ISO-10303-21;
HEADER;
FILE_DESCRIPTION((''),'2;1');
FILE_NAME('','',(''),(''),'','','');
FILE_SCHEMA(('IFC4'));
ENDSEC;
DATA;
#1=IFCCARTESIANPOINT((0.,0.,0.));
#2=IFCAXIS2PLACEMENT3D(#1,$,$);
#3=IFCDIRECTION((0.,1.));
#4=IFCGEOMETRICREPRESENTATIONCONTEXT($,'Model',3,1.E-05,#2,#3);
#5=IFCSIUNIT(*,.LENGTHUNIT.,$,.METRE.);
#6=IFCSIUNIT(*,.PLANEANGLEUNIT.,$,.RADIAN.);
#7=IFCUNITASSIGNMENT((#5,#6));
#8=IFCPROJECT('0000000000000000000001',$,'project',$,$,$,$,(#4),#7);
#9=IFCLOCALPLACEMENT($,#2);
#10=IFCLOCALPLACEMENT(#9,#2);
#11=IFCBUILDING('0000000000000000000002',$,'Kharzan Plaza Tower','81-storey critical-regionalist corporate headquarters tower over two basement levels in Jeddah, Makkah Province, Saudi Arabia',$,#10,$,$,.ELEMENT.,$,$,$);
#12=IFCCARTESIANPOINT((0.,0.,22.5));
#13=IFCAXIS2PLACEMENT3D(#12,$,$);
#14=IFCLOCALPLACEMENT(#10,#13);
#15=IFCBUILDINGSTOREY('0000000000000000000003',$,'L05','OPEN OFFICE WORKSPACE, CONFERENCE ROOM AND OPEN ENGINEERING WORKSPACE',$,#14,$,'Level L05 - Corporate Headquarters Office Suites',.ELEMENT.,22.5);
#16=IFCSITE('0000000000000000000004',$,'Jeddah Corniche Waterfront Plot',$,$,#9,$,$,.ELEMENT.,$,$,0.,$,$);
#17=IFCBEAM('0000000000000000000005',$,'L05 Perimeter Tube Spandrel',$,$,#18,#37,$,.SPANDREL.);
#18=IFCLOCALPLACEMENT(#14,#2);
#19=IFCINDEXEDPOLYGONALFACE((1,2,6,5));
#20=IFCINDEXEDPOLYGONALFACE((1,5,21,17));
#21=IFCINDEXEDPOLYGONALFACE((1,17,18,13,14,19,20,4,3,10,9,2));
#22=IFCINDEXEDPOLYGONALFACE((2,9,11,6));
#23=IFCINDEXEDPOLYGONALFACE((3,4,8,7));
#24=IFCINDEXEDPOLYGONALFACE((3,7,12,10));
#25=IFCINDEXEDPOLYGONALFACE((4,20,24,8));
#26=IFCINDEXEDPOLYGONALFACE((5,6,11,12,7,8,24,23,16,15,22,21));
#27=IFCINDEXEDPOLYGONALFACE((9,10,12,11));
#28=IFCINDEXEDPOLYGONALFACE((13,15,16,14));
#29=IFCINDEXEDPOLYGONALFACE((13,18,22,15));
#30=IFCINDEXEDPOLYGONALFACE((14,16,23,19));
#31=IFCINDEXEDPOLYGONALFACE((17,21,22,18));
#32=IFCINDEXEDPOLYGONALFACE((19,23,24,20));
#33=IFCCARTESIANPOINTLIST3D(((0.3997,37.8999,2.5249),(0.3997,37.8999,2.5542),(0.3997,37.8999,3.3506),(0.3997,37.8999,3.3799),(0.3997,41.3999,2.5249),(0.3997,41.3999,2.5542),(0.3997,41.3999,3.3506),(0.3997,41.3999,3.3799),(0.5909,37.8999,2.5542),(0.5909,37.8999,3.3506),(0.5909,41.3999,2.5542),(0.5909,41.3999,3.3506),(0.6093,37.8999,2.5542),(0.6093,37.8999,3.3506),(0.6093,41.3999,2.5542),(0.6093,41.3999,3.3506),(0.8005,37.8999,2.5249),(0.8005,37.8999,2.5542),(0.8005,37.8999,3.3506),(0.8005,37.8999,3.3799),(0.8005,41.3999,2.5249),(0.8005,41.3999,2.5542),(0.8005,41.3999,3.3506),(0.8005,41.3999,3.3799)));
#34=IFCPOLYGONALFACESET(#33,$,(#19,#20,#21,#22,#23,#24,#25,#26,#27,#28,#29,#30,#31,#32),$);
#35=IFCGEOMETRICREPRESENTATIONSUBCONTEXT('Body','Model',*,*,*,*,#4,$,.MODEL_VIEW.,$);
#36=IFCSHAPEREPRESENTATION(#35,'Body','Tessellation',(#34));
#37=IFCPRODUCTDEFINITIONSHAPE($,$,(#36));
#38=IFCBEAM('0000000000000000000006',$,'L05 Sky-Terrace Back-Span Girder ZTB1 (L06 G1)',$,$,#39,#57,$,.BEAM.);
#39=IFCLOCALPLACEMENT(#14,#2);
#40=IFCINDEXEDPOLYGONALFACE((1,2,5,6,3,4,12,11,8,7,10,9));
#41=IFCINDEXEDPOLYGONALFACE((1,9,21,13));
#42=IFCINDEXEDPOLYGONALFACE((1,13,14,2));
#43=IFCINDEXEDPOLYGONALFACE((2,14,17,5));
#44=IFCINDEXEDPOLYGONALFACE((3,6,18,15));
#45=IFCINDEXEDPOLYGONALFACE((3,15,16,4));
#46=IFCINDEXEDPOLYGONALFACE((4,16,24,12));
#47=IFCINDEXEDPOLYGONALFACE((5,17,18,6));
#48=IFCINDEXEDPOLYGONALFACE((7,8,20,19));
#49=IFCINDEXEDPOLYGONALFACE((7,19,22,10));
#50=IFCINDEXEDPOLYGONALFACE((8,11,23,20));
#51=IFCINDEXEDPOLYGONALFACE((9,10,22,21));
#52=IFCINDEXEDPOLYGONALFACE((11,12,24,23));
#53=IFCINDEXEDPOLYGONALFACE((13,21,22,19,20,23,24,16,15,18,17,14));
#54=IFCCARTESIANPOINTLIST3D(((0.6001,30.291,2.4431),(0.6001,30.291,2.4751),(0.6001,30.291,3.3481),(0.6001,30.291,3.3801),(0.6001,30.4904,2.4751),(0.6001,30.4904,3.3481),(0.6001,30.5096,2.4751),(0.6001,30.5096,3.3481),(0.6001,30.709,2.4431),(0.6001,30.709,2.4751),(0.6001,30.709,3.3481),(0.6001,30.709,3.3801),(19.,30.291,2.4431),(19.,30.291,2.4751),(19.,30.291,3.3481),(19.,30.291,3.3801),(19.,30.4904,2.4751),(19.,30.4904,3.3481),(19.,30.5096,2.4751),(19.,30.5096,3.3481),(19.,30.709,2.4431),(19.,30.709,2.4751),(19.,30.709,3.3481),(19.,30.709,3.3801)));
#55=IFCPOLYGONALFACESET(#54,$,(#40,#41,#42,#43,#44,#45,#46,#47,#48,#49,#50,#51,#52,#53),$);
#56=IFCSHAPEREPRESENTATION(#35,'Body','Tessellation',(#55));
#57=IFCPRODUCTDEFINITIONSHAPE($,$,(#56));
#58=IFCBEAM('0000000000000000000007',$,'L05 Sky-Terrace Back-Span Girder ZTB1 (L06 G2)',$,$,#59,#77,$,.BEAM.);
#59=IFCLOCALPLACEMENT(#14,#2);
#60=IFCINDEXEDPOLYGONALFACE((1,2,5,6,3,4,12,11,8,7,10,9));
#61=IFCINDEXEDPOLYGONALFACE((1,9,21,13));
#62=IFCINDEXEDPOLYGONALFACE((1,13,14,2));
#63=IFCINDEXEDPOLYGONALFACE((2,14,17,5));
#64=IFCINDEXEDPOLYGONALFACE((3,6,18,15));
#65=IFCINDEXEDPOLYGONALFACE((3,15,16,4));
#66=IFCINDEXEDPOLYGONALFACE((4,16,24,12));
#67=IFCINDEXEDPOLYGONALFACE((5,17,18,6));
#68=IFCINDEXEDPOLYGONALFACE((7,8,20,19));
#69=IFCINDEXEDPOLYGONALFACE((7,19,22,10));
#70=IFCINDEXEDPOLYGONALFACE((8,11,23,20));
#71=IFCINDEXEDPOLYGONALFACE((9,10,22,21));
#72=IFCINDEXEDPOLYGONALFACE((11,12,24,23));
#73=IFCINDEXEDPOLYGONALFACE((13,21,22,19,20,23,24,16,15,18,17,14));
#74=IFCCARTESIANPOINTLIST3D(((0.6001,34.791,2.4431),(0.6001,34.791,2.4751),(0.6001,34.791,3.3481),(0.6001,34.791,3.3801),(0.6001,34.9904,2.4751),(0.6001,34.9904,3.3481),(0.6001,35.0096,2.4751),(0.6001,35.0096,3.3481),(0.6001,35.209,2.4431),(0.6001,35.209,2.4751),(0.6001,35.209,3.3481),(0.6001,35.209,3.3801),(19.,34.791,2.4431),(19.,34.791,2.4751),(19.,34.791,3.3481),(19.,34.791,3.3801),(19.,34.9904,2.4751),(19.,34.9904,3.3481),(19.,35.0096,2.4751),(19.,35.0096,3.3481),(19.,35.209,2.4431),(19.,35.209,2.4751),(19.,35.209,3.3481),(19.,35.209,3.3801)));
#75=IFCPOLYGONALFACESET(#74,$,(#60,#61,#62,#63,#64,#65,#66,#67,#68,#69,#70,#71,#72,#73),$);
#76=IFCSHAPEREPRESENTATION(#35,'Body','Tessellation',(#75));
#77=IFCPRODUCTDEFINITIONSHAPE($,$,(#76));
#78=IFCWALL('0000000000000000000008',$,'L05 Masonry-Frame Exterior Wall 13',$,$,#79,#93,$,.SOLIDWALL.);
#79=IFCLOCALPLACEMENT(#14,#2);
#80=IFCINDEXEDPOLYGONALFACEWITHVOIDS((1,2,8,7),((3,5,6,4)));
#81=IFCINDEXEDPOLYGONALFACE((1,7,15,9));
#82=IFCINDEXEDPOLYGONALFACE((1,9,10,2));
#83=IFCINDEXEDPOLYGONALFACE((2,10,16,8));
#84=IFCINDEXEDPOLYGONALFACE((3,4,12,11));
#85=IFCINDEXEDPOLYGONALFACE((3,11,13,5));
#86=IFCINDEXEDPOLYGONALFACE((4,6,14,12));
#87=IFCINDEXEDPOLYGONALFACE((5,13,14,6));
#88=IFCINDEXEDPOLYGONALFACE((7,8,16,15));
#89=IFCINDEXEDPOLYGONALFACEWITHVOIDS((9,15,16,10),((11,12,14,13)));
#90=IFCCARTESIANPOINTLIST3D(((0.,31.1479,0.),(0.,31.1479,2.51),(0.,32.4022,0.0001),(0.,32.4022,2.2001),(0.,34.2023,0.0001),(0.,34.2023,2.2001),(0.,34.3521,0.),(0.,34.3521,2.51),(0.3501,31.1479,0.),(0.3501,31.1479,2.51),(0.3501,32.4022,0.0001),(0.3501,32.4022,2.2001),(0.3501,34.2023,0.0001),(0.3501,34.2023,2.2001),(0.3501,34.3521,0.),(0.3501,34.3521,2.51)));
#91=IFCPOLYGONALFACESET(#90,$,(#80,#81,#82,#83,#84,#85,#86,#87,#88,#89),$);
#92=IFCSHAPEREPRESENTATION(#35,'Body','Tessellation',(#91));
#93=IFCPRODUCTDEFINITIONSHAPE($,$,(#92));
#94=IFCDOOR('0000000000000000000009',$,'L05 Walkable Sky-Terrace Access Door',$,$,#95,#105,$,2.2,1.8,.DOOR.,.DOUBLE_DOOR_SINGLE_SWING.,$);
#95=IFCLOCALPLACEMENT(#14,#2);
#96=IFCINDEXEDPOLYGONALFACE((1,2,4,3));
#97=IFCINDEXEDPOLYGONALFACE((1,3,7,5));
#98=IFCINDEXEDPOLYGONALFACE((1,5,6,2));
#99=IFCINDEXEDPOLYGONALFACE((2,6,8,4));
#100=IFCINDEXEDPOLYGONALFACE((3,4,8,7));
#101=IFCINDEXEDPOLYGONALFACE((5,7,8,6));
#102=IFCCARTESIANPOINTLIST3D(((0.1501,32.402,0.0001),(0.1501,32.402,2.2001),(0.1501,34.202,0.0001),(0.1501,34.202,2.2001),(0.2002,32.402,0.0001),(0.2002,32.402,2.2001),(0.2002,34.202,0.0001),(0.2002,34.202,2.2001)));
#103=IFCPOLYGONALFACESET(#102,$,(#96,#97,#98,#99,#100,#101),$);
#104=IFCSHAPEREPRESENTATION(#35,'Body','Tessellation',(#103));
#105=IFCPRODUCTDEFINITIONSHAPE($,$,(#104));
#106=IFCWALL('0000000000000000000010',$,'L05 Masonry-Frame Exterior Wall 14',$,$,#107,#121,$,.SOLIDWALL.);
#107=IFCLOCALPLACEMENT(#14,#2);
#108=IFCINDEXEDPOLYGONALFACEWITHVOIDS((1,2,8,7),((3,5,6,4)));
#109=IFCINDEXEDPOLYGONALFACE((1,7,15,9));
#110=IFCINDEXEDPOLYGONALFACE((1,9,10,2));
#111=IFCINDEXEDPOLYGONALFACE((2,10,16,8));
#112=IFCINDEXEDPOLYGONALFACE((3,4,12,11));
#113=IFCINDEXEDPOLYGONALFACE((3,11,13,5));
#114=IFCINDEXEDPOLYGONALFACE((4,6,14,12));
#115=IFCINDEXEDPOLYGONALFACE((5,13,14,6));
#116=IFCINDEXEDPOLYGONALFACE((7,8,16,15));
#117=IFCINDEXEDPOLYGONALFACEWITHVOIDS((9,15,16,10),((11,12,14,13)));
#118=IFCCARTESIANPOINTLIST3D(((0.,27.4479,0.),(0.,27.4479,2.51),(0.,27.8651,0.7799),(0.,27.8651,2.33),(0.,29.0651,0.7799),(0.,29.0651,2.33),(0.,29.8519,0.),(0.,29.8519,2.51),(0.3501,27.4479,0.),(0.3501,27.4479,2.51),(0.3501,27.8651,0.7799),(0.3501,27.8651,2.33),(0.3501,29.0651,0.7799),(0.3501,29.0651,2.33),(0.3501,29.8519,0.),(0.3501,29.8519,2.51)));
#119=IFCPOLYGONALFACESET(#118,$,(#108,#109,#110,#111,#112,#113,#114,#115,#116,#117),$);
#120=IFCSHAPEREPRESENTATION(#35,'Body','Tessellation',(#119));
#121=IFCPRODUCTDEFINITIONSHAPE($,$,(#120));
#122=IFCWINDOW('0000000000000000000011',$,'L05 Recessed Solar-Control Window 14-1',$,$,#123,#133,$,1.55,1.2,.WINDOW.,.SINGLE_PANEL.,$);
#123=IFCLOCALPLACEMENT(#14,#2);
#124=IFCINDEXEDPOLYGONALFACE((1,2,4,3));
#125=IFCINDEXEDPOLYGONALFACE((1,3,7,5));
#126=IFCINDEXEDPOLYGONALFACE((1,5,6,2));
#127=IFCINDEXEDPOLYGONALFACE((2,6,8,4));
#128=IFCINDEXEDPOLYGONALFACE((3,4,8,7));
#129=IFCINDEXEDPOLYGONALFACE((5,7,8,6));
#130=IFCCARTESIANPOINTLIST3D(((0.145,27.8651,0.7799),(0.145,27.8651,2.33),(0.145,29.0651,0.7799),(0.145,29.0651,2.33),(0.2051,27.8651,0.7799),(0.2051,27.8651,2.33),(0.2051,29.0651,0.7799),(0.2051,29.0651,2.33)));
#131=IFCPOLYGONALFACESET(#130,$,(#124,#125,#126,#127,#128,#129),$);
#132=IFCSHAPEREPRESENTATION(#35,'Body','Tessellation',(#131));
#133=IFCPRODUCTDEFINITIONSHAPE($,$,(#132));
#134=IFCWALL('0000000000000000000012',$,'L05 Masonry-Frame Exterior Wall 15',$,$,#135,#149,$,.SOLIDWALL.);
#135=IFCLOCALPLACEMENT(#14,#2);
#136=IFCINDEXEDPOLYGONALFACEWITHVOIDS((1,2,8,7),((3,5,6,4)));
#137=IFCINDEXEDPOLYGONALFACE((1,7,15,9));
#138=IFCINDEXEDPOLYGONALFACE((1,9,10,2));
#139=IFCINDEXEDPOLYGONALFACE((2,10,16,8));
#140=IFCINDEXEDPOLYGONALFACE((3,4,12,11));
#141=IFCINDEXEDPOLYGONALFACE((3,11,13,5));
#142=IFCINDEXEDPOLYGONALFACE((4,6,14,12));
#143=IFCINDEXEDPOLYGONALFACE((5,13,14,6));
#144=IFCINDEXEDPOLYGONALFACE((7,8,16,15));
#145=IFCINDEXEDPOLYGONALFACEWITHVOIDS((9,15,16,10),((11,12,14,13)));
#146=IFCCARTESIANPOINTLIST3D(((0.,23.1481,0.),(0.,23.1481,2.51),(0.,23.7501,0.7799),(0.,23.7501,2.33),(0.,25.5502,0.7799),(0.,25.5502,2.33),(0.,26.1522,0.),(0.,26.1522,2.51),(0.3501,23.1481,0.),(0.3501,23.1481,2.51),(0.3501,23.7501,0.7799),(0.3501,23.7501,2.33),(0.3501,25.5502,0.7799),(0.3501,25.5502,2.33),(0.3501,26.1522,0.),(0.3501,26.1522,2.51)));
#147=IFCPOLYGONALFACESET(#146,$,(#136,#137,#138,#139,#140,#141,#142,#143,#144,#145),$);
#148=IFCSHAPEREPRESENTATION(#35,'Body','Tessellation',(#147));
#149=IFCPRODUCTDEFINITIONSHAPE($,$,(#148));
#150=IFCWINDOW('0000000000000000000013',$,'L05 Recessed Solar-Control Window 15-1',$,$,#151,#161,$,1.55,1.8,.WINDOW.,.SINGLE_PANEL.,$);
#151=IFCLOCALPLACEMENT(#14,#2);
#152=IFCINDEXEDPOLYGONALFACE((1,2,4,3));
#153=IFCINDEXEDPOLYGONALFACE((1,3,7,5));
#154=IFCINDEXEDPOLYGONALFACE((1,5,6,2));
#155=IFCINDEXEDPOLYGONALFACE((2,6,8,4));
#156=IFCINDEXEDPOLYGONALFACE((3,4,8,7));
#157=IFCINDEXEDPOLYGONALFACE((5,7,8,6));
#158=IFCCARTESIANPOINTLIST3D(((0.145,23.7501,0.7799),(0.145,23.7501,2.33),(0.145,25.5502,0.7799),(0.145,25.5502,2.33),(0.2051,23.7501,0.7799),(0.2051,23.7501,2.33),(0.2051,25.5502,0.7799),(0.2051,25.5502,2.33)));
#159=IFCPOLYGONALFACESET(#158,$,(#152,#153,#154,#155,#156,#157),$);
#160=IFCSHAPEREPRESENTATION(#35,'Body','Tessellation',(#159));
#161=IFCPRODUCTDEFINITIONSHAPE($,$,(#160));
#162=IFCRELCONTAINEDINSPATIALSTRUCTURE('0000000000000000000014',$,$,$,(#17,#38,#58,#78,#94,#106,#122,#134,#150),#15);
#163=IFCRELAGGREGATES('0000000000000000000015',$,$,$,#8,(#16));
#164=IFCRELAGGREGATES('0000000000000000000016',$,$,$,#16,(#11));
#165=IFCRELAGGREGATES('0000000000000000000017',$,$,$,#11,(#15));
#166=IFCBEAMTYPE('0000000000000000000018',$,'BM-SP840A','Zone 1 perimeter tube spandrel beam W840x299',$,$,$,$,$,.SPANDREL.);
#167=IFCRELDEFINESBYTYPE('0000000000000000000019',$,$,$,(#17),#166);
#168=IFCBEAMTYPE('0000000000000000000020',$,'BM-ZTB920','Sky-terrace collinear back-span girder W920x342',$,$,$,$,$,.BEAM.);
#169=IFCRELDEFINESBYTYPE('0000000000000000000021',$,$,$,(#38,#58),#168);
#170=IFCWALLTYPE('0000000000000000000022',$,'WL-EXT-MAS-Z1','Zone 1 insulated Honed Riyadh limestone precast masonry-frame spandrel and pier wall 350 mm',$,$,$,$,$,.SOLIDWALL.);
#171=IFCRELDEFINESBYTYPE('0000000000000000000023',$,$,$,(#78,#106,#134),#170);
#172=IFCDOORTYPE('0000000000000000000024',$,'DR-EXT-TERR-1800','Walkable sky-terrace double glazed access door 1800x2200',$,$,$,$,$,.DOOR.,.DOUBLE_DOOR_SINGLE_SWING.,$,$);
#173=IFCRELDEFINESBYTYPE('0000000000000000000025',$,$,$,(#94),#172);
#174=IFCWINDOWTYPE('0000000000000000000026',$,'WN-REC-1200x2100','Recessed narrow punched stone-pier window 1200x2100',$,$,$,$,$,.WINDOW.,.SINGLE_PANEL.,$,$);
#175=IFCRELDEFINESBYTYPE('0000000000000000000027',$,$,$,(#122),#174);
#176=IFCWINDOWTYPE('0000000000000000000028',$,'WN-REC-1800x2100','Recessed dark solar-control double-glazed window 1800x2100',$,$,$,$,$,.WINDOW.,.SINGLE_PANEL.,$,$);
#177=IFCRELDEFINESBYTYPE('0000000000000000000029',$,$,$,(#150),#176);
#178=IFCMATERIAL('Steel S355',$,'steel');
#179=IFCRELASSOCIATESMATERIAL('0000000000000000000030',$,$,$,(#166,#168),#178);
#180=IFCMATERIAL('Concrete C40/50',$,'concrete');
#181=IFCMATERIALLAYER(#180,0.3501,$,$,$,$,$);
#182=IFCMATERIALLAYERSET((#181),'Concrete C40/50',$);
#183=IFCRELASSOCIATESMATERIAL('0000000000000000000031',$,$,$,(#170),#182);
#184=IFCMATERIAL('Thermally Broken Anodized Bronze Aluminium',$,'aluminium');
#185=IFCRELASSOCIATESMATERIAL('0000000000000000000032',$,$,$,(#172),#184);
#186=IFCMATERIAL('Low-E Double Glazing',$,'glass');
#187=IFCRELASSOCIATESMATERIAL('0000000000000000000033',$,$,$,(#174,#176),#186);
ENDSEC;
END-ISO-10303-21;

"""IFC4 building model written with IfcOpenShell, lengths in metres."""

from ifc_helpers import new_model, si_unit, direction, frame, frame_2d, origin, origin_2d, place, context, subcontext, project, spatial, rectangle, i_section, extrude, source, transform, mapped, material, layer, layer_set, material_profile, profile_set, type_object, element, fill, save


model = new_model("IFC4")

# Units and contexts
model_context = context("Model", 3, precision=1e-05, world=origin(), true_north=direction((0.0, 1.0)))
body_context = subcontext(model_context, "Body", "Model", "MODEL_VIEW")
ifc_project = project(units=[si_unit("LENGTHUNIT", "METRE"), si_unit("PLANEANGLEUNIT", "RADIAN")], contexts=[model_context])

# Site, building, storey
site_placement = place(None, origin())
site = spatial("IfcSite", under=ifc_project, at=site_placement, Name="Jeddah Corniche Waterfront Plot", CompositionType="ELEMENT", RefElevation=0.0)
building_placement = place(site_placement, origin())
building = spatial("IfcBuilding", under=site, at=building_placement, Name="Kharzan Plaza Tower", Description="81-storey critical-regionalist corporate headquarters tower over two basement levels in Jeddah, Makkah Province, Saudi Arabia", CompositionType="ELEMENT")
storey_placement = place(building_placement, frame((0.0, 0.0, 22.5)))
storey = spatial("IfcBuildingStorey", under=building, at=storey_placement, Name="L05", Description="OPEN OFFICE WORKSPACE, CONFERENCE ROOM AND OPEN ENGINEERING WORKSPACE", LongName="Level L05 - Corporate Headquarters Office Suites", CompositionType="ELEMENT", Elevation=22.5)

# Beams
ifc_material_1 = material(Name="Steel S355", Category="steel")
ifc_material_profile_1 = material_profile(ifc_material_1, i_section(OverallWidth=0.4009, OverallDepth=0.855, WebThickness=0.0183, FlangeThickness=0.0293, at=origin_2d()), Name="W840x299")
ifc_profile_set_1 = profile_set([ifc_material_profile_1], Name="Steel S355")
beam_type_1 = type_object("IfcBeamType", Name="BM-SP840A", Description="Zone 1 perimeter tube spandrel beam W840x299", PredefinedType="SPANDREL", material=ifc_profile_set_1)
shared_shape_1 = source(origin(), body_context, "Body", "SweptSolid", [
    extrude(i_section(OverallWidth=0.4009, OverallDepth=0.855, WebThickness=0.0183, FlangeThickness=0.0293, at=origin_2d()), origin(), (0.0, 0.0, 1.0), 3.5),
])
beam_1_placement = place(storey_placement, frame((0.6001, 37.8999, 2.9524), z_axis=(0.0, 1.0, 0.0), x_axis=(-1.0, 0.0, 0.0)))
element("IfcBeam", 1, at=beam_1_placement, inside=storey, type_object=beam_type_1, Name="L05 Perimeter Tube Spandrel", PredefinedType="SPANDREL", context=body_context, shape_type="MappedRepresentation", body=[
    mapped(shared_shape_1, transform((0.0, 0.0, 0.0), x_axis=(1.0, 0.0, 0.0), y_axis=(0.0, 1.0, 0.0), z_axis=(0.0, 0.0, 1.0))),
])
ifc_material_profile_2 = material_profile(ifc_material_1, i_section(OverallWidth=0.418, OverallDepth=0.937, WebThickness=0.0193, FlangeThickness=0.032, at=origin_2d()), Name="W920x342")
ifc_profile_set_2 = profile_set([ifc_material_profile_2], Name="Steel S355")
beam_type_2 = type_object("IfcBeamType", Name="BM-ZTB920", Description="Sky-terrace collinear back-span girder W920x342", PredefinedType="BEAM", material=ifc_profile_set_2)
shared_shape_2 = source(origin(), body_context, "Body", "SweptSolid", [
    extrude(i_section(OverallWidth=0.418, OverallDepth=0.937, WebThickness=0.0193, FlangeThickness=0.032, at=origin_2d()), origin(), (0.0, 0.0, 1.0), 18.3999),
])
for number, where, z_axis, x_axis, name in (
    (2, (0.6001, 30.5, 2.9116), (1.0, 0.0, 0.0), (0.0, 1.0, 0.0), "L05 Sky-Terrace Back-Span Girder ZTB1 (L06 G1)"),
    (3, (0.6001, 35.0, 2.9116), (1.0, 0.0, 0.0), (0.0, 1.0, 0.0), "L05 Sky-Terrace Back-Span Girder ZTB1 (L06 G2)"),
):
    element("IfcBeam", number, at=place(storey_placement, frame(where, z_axis=z_axis, x_axis=x_axis)), inside=storey, type_object=beam_type_2, Name=name, PredefinedType="BEAM", context=body_context, shape_type="MappedRepresentation", body=[
        mapped(shared_shape_2, transform((0.0, 0.0, 0.0), x_axis=(1.0, 0.0, 0.0), y_axis=(0.0, 1.0, 0.0), z_axis=(0.0, 0.0, 1.0))),
    ])

# Wall, opening, door
ifc_material_2 = material(Name="Concrete C40/50", Category="concrete")
ifc_layer_1 = layer(ifc_material_2, 0.3501)
ifc_layer_set_1 = layer_set([ifc_layer_1], Name="Concrete C40/50")
wall_type_1 = type_object("IfcWallType", Name="WL-EXT-MAS-Z1", Description="Zone 1 insulated Honed Riyadh limestone precast masonry-frame spandrel and pier wall 350 mm", PredefinedType="SOLIDWALL", material=ifc_layer_set_1)
wall_1_placement = place(storey_placement, frame((0.175, 34.3521, 0.0), z_axis=(0.0, 0.0, 1.0), x_axis=(0.0, -1.0, 0.0)))
wall_1 = element("IfcWall", 4, at=wall_1_placement, inside=storey, type_object=wall_type_1, Name="L05 Masonry-Frame Exterior Wall 13", PredefinedType="SOLIDWALL", context=body_context, shape_type="SweptSolid", body=[
    extrude(rectangle(XDim=3.2041, YDim=0.3501, at=frame_2d((1.6021, 0.0))), origin(), (0.0, 0.0, 1.0), 2.51),
])
opening_1_placement = place(wall_1_placement, frame((0.1499, 0.0, 0.0)))
opening_1 = element("IfcOpeningElement", 5, at=opening_1_placement, cuts=wall_1, PredefinedType="OPENING", context=body_context, shape_type="SweptSolid", body=[
    extrude(rectangle(XDim=1.8, YDim=2.2, at=frame_2d((0.8999, 1.1001))), frame((0.0, 0.1851, 0.0), z_axis=(0.0, -1.0, 0.0), x_axis=(1.0, 0.0, 0.0)), (0.0, 0.0, 1.0), 0.3701),
])
ifc_material_3 = material(Name="Thermally Broken Anodized Bronze Aluminium", Category="aluminium")
door_type = type_object("IfcDoorType", Name="DR-EXT-TERR-1800", Description="Walkable sky-terrace double glazed access door 1800x2200", OperationType="DOUBLE_DOOR_SINGLE_SWING", PredefinedType="DOOR", material=ifc_material_3)
shared_shape_3 = source(origin(), body_context, "Body", "SweptSolid", [
    extrude(rectangle(XDim=1.8, YDim=2.2, at=frame_2d((0.8999, 1.1001))), frame((0.0, 0.0249, 0.0), z_axis=(0.0, -1.0, 0.0), x_axis=(1.0, 0.0, 0.0)), (0.0, 0.0, 1.0), 0.05),
])
door_placement = place(opening_1_placement, frame((1.8, 0.0, 0.0), z_axis=(0.0, 0.0, 1.0), x_axis=(-1.0, 0.0, 0.0)))
door = element("IfcDoor", 6, at=door_placement, inside=storey, type_object=door_type, Name="L05 Walkable Sky-Terrace Access Door", OperationType="DOUBLE_DOOR_SINGLE_SWING", OverallHeight=2.2, OverallWidth=1.8, PredefinedType="DOOR", context=body_context, shape_type="MappedRepresentation", body=[
    mapped(shared_shape_3, transform((0.0, 0.0, 0.0), x_axis=(1.0, 0.0, 0.0), y_axis=(0.0, 1.0, 0.0), z_axis=(0.0, 0.0, 1.0))),
])
fill(opening_1, door)

# Walls, openings, windows
wall_2_placement = place(storey_placement, frame((0.175, 29.8521, 0.0), z_axis=(0.0, 0.0, 1.0), x_axis=(0.0, -1.0, 0.0)))
wall_2 = element("IfcWall", 7, at=wall_2_placement, inside=storey, type_object=wall_type_1, Name="L05 Masonry-Frame Exterior Wall 14", PredefinedType="SOLIDWALL", context=body_context, shape_type="SweptSolid", body=[
    extrude(rectangle(XDim=2.4041, YDim=0.3501, at=frame_2d((1.2021, 0.0))), origin(), (0.0, 0.0, 1.0), 2.51),
])
opening_2_placement = place(wall_2_placement, frame((0.7869, 0.0, 0.78)))
opening_2 = element("IfcOpeningElement", 8, at=opening_2_placement, cuts=wall_2, PredefinedType="OPENING", context=body_context, shape_type="SweptSolid", body=[
    extrude(rectangle(XDim=1.2, YDim=1.55, at=frame_2d((0.6001, 0.7749))), frame((0.0, 0.1851, 0.0), z_axis=(0.0, -1.0, 0.0), x_axis=(1.0, 0.0, 0.0)), (0.0, 0.0, 1.0), 0.3701),
])
ifc_material_4 = material(Name="Low-E Double Glazing", Category="glass")
window_type_1 = type_object("IfcWindowType", Name="WN-REC-1200x2100", Description="Recessed narrow punched stone-pier window 1200x2100", PartitioningType="SINGLE_PANEL", PredefinedType="WINDOW", material=ifc_material_4)
shared_shape_4 = source(origin(), body_context, "Body", "SweptSolid", [
    extrude(rectangle(XDim=1.2, YDim=1.55, at=frame_2d((0.6001, 0.7749))), frame((0.0, 0.03, 0.0), z_axis=(0.0, -1.0, 0.0), x_axis=(1.0, 0.0, 0.0)), (0.0, 0.0, 1.0), 0.0601),
])
window_1_placement = place(opening_2_placement, origin())
window_1 = element("IfcWindow", 9, at=window_1_placement, inside=storey, type_object=window_type_1, Name="L05 Recessed Solar-Control Window 14-1", OverallHeight=1.55, OverallWidth=1.2, PartitioningType="SINGLE_PANEL", PredefinedType="WINDOW", context=body_context, shape_type="MappedRepresentation", body=[
    mapped(shared_shape_4, transform((0.0, 0.0, 0.0), x_axis=(1.0, 0.0, 0.0), y_axis=(0.0, 1.0, 0.0), z_axis=(0.0, 0.0, 1.0))),
])
fill(opening_2, window_1)
wall_3_placement = place(storey_placement, frame((0.175, 26.1521, 0.0), z_axis=(0.0, 0.0, 1.0), x_axis=(0.0, -1.0, 0.0)))
wall_3 = element("IfcWall", 10, at=wall_3_placement, inside=storey, type_object=wall_type_1, Name="L05 Masonry-Frame Exterior Wall 15", PredefinedType="SOLIDWALL", context=body_context, shape_type="SweptSolid", body=[
    extrude(rectangle(XDim=3.0042, YDim=0.3501, at=frame_2d((1.502, 0.0))), origin(), (0.0, 0.0, 1.0), 2.51),
])
opening_3_placement = place(wall_3_placement, frame((0.6021, 0.0, 0.78)))
opening_3 = element("IfcOpeningElement", 11, at=opening_3_placement, cuts=wall_3, PredefinedType="OPENING", context=body_context, shape_type="SweptSolid", body=[
    extrude(rectangle(XDim=1.8, YDim=1.55, at=frame_2d((0.8999, 0.7749))), frame((0.0, 0.1851, 0.0), z_axis=(0.0, -1.0, 0.0), x_axis=(1.0, 0.0, 0.0)), (0.0, 0.0, 1.0), 0.3701),
])
window_type_2 = type_object("IfcWindowType", Name="WN-REC-1800x2100", Description="Recessed dark solar-control double-glazed window 1800x2100", PartitioningType="SINGLE_PANEL", PredefinedType="WINDOW", material=ifc_material_4)
shared_shape_5 = source(origin(), body_context, "Body", "SweptSolid", [
    extrude(rectangle(XDim=1.8, YDim=1.55, at=frame_2d((0.8999, 0.7749))), frame((0.0, 0.03, 0.0), z_axis=(0.0, -1.0, 0.0), x_axis=(1.0, 0.0, 0.0)), (0.0, 0.0, 1.0), 0.0601),
])
window_2_placement = place(opening_3_placement, origin())
window_2 = element("IfcWindow", 12, at=window_2_placement, inside=storey, type_object=window_type_2, Name="L05 Recessed Solar-Control Window 15-1", OverallHeight=1.55, OverallWidth=1.8, PartitioningType="SINGLE_PANEL", PredefinedType="WINDOW", context=body_context, shape_type="MappedRepresentation", body=[
    mapped(shared_shape_5, transform((0.0, 0.0, 0.0), x_axis=(1.0, 0.0, 0.0), y_axis=(0.0, 1.0, 0.0), z_axis=(0.0, 0.0, 1.0))),
])
fill(opening_3, window_2)

save(model, "model.ifc")
